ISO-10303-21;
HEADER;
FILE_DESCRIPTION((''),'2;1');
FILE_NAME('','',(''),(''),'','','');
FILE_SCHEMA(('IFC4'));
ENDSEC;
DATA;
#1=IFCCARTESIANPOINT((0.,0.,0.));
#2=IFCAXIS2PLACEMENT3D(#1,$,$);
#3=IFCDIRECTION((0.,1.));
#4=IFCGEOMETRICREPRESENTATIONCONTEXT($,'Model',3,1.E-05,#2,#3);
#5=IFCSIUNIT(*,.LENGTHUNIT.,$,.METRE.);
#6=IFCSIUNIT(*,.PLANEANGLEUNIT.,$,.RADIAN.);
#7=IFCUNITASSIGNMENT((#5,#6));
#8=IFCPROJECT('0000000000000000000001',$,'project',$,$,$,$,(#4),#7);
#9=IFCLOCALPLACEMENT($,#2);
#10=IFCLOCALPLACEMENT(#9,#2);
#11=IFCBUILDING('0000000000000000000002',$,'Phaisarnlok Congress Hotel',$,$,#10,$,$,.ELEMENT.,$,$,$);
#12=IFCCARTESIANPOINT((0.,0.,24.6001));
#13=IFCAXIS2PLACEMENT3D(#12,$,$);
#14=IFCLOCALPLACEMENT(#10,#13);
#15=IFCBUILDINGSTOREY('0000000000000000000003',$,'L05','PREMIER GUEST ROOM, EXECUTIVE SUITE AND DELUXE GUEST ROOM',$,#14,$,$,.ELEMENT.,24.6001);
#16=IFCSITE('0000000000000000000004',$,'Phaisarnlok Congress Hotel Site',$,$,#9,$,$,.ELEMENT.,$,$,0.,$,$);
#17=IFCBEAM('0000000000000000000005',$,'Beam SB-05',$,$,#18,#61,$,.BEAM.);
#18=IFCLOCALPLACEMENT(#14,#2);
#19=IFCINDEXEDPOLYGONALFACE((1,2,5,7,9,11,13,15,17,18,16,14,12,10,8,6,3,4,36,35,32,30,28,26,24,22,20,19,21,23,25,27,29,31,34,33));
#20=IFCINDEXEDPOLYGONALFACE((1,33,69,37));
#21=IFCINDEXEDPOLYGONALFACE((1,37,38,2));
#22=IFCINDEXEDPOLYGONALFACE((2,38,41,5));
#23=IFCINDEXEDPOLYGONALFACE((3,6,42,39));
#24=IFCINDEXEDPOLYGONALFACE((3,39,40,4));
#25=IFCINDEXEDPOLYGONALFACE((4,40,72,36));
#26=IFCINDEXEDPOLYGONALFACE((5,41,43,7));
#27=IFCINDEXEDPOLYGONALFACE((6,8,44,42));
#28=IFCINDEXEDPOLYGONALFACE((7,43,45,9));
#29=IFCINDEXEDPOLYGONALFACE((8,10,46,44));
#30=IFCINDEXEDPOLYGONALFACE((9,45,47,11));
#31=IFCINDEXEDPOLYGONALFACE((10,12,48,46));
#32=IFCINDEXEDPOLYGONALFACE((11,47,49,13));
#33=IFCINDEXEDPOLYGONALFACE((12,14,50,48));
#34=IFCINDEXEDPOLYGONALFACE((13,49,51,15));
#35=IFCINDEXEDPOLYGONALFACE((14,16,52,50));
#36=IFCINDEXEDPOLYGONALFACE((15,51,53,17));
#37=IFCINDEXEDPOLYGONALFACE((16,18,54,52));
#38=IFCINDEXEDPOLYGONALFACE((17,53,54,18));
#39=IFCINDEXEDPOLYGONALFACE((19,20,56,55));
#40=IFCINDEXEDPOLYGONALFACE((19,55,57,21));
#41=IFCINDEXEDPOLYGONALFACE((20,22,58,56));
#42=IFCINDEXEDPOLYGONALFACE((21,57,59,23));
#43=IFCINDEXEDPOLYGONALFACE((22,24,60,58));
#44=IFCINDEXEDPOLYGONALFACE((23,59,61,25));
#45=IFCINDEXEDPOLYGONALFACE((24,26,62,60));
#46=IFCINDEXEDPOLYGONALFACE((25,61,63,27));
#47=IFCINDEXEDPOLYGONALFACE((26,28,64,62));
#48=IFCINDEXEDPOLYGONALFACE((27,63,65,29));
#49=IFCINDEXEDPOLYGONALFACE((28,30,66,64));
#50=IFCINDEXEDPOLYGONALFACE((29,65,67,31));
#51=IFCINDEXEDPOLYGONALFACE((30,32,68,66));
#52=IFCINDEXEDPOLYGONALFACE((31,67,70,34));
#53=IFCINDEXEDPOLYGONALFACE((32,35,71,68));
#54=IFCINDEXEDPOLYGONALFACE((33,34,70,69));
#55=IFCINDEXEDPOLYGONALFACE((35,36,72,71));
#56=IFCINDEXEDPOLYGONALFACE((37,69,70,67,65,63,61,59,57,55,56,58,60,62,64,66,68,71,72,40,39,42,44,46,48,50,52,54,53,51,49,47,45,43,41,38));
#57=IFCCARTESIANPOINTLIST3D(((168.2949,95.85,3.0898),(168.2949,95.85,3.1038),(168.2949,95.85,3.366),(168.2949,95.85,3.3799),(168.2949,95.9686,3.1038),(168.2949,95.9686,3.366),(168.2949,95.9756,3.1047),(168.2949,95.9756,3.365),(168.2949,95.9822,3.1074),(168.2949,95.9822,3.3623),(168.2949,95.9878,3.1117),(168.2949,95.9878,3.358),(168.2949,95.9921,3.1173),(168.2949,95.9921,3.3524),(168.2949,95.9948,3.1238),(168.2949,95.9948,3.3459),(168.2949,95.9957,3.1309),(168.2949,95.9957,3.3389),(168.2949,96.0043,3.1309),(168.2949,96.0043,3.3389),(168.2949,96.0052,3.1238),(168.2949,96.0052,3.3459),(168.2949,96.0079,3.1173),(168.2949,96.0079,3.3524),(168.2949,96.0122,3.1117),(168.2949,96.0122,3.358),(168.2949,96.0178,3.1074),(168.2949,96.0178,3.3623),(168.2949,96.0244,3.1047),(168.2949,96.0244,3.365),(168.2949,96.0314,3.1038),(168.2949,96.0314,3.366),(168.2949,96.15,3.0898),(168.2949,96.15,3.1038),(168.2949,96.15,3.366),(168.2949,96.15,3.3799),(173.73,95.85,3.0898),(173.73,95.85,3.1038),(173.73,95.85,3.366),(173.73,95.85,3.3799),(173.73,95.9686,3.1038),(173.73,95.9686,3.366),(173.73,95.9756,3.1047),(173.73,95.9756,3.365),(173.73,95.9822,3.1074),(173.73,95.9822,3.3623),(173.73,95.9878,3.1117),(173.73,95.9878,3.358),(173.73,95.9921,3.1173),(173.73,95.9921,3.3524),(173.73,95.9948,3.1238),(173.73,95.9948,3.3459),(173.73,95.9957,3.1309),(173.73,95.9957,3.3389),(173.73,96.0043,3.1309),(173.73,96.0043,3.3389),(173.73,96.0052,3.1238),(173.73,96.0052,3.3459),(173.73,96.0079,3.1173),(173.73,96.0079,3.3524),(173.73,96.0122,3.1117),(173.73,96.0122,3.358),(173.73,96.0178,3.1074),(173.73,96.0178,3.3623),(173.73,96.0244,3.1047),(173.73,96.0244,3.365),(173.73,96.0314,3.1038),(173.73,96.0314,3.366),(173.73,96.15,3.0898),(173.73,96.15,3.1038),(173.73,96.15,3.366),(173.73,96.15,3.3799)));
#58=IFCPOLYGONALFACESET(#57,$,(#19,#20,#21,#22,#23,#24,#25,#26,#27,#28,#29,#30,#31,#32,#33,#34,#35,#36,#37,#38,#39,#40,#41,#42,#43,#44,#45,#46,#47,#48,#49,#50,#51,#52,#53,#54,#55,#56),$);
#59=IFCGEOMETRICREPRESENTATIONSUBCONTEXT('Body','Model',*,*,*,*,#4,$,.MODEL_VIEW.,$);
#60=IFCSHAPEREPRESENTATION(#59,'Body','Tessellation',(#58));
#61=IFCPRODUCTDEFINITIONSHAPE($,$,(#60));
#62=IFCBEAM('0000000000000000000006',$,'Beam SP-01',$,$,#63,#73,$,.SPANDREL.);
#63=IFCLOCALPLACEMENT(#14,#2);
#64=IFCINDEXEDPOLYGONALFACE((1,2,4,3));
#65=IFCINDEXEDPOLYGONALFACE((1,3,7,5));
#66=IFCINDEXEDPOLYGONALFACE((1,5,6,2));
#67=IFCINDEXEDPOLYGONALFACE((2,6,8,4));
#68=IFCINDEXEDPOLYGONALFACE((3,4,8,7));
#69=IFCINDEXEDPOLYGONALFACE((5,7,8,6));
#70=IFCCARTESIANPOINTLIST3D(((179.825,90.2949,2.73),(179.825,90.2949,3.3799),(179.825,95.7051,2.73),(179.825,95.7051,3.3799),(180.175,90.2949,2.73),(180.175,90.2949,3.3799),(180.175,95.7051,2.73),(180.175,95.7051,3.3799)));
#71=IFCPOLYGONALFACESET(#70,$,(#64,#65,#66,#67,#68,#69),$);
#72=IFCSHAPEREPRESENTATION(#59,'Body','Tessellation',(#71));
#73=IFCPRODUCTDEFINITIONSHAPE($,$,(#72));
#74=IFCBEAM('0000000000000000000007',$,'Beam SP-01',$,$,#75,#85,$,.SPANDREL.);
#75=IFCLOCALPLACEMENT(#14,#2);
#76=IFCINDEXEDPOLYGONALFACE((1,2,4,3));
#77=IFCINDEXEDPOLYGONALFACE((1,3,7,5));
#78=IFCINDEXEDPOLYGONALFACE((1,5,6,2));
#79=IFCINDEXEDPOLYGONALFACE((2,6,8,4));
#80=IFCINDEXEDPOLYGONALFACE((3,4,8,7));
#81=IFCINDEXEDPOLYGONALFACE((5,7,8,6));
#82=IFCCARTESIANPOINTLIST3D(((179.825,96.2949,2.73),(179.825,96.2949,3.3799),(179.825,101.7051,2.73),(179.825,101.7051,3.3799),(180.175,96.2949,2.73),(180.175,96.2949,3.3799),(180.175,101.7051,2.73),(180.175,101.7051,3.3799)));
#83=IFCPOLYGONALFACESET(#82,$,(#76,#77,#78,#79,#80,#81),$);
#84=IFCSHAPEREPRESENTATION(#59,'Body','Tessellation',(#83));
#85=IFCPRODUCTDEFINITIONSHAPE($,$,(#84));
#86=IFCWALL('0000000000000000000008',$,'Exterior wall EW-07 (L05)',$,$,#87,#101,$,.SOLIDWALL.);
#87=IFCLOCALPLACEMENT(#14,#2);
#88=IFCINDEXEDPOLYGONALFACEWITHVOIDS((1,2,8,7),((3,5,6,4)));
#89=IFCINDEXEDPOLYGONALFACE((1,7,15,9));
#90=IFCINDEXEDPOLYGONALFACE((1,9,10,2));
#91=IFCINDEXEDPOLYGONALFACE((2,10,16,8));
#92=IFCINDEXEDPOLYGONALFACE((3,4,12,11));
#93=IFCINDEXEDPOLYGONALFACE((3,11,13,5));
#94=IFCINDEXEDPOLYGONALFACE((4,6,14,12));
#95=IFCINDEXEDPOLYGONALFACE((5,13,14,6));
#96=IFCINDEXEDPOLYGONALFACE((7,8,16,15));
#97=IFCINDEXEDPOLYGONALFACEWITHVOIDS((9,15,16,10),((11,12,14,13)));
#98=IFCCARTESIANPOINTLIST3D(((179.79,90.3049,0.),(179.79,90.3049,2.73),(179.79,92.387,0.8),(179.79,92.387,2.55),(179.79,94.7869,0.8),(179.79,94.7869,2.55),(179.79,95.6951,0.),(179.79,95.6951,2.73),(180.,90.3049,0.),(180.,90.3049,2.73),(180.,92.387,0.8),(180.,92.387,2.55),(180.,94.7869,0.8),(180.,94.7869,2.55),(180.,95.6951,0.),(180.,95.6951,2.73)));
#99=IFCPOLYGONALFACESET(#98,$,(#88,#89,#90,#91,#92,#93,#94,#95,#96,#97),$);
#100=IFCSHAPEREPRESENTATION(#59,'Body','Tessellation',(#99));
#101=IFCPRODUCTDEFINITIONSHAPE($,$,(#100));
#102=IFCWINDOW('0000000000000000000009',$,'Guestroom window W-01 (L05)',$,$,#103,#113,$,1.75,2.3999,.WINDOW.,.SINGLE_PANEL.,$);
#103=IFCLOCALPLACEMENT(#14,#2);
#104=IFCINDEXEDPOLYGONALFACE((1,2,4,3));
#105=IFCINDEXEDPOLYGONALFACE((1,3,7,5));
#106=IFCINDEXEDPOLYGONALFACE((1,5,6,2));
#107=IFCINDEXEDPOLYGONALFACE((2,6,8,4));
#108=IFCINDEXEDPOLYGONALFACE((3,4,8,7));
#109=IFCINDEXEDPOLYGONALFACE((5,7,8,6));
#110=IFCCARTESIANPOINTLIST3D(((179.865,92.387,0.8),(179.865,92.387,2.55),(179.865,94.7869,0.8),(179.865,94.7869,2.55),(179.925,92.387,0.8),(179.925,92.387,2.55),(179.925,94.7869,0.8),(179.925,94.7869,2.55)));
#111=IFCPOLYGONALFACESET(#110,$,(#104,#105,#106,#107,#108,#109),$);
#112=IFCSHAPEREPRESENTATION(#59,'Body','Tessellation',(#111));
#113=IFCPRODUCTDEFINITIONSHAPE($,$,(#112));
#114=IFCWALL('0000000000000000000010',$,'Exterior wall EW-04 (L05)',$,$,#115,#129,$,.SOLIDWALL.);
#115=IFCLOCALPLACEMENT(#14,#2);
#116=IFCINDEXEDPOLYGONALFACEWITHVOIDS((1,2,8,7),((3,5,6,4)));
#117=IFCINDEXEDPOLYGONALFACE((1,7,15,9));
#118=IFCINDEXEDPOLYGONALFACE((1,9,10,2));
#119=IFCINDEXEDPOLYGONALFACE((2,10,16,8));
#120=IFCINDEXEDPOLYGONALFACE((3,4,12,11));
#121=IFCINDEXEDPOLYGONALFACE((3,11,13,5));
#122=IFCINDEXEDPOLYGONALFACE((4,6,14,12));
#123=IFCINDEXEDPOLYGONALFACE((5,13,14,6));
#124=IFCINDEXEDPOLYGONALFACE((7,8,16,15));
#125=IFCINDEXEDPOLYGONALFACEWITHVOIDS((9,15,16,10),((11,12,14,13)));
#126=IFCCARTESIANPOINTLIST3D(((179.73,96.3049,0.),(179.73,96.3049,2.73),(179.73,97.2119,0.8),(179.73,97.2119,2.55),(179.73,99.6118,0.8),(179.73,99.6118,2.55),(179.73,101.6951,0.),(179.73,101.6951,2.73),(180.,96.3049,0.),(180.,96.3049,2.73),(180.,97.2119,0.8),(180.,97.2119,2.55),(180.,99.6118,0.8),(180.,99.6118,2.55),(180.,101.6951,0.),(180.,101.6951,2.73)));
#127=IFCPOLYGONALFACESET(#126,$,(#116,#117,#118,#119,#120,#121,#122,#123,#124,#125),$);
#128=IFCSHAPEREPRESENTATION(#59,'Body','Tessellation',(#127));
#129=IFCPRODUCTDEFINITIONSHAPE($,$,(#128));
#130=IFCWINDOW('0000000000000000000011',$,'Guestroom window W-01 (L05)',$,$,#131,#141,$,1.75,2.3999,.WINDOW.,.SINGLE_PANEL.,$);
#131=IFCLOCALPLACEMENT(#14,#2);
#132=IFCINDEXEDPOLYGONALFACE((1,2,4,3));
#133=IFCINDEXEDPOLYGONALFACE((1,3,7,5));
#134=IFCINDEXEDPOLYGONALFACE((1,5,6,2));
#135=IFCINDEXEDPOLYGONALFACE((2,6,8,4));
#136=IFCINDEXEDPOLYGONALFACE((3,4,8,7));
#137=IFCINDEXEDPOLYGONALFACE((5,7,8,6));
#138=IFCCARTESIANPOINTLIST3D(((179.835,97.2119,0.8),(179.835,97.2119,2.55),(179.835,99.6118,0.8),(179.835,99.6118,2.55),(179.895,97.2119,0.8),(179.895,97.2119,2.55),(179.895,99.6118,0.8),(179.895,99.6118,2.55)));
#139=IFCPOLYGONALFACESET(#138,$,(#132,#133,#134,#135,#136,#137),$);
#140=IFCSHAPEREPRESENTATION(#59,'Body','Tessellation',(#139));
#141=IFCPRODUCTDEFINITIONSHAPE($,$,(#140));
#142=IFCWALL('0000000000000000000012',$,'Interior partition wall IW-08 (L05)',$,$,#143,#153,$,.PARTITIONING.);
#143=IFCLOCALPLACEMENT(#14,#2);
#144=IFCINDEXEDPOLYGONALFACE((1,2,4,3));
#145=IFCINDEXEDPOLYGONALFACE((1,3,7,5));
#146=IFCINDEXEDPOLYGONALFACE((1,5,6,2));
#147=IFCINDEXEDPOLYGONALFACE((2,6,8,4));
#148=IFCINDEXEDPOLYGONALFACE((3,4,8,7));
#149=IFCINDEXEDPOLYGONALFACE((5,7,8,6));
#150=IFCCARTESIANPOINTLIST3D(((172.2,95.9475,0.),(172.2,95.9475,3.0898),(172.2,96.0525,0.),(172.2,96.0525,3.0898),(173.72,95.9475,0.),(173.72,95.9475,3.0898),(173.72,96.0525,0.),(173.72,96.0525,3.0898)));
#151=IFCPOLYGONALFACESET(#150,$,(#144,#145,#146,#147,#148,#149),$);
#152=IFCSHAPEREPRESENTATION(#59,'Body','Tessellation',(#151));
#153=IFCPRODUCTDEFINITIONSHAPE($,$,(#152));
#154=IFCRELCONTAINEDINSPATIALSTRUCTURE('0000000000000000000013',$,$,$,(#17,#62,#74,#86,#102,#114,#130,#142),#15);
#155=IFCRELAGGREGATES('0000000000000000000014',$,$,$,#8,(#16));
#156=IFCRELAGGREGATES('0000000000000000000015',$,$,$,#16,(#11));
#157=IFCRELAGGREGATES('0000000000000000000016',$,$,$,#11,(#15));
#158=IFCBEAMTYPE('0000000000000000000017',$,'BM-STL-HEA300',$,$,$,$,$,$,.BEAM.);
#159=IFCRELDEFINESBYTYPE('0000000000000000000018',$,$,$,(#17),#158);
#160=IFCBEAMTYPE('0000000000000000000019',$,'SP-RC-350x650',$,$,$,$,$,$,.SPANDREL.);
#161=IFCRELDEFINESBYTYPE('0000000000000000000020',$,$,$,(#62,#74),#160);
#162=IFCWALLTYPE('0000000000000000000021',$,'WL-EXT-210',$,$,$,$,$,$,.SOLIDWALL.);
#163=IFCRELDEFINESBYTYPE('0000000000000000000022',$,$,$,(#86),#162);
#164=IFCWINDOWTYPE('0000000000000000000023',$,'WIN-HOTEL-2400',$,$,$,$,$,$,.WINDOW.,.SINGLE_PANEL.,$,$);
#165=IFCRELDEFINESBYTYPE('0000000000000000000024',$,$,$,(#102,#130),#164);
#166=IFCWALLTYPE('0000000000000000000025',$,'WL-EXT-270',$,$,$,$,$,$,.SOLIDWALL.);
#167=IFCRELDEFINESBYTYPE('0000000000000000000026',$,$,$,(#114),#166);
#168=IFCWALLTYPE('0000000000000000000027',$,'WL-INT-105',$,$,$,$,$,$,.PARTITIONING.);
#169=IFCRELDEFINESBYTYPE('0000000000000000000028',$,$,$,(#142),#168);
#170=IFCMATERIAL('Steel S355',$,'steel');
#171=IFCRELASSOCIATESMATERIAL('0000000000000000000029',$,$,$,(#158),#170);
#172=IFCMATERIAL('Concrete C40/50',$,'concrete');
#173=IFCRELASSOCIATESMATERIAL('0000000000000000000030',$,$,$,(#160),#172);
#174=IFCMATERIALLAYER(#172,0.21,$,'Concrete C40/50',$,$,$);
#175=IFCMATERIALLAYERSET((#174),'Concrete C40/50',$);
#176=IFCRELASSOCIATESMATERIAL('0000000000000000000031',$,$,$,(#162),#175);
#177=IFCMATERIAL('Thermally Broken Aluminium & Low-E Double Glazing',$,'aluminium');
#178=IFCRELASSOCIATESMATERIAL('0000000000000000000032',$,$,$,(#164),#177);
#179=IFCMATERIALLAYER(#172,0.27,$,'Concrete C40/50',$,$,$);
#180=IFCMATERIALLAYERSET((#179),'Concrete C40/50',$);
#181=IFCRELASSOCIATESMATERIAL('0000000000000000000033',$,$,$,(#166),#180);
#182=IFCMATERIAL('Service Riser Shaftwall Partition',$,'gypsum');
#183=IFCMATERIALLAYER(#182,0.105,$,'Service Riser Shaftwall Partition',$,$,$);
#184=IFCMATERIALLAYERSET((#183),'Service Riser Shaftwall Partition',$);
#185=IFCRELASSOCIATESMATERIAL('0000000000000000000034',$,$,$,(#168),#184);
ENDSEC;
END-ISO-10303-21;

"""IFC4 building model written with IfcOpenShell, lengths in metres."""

from ifc_helpers import new_model, si_unit, direction, frame, frame_2d, origin, origin_2d, place, context, subcontext, project, spatial, rectangle, i_section, extrude, material, layer, layer_set, material_profile, profile_set, type_object, element, fill, save


model = new_model("IFC4")

# Units and contexts
model_context = context("Model", 3, precision=1e-05, world=origin(), true_north=direction((0.0, 1.0)))
body_context = subcontext(model_context, "Body", "Model", "MODEL_VIEW")
ifc_project = project(units=[si_unit("LENGTHUNIT", "METRE"), si_unit("PLANEANGLEUNIT", "RADIAN")], contexts=[model_context])

# Site, building, storey
site_placement = place(None, origin())
site = spatial("IfcSite", under=ifc_project, at=site_placement, Name="Phaisarnlok Congress Hotel Site", CompositionType="ELEMENT", RefElevation=0.0)
building_placement = place(site_placement, origin())
building = spatial("IfcBuilding", under=site, at=building_placement, Name="Phaisarnlok Congress Hotel", CompositionType="ELEMENT")
storey_placement = place(building_placement, frame((0.0, 0.0, 24.6001)))
storey = spatial("IfcBuildingStorey", under=building, at=storey_placement, Name="L05", Description="PREMIER GUEST ROOM, EXECUTIVE SUITE AND DELUXE GUEST ROOM", CompositionType="ELEMENT", Elevation=24.6001)

# Beams
ifc_material_1 = material(Name="Concrete C40/50", Category="concrete")
ifc_material_2 = material(Name="Steel S355", Category="steel")
ifc_material_profile_1 = material_profile(ifc_material_2, i_section(OverallWidth=0.3, OverallDepth=0.29, WebThickness=0.0085, FlangeThickness=0.0139, FilletRadius=0.0271, at=origin_2d()), Name="HEA 300")
ifc_profile_set_1 = profile_set([ifc_material_profile_1], Name="Steel S355")
beam_type_1 = type_object("IfcBeamType", Name="BM-STL-HEA300", PredefinedType="BEAM", material=ifc_profile_set_1)
for number, where, z_axis, x_axis, name in (
    (1, (168.2949, 96.0, 3.2349), (1.0, 0.0, 0.0), (0.0, 1.0, 0.0), "Beam SB-05"),
):
    element("IfcBeam", number, at=place(storey_placement, frame(where, z_axis=z_axis, x_axis=x_axis)), inside=storey, type_object=beam_type_1, Name=name, PredefinedType="BEAM", context=body_context, shape_type="SweptSolid", body=[
        extrude(i_section(OverallWidth=0.3, OverallDepth=0.29, WebThickness=0.0085, FlangeThickness=0.0139, FilletRadius=0.0271, at=origin_2d()), origin(), (0.0, 0.0, 1.0), 5.4351),
    ])
ifc_material_profile_2 = material_profile(ifc_material_1, rectangle(XDim=0.3501, YDim=0.6499, at=origin_2d()), Name="RC 350x650")
ifc_profile_set_2 = profile_set([ifc_material_profile_2], Name="Concrete C40/50")
beam_type_2 = type_object("IfcBeamType", Name="SP-RC-350x650", PredefinedType="SPANDREL", material=ifc_profile_set_2)
for number, where, z_axis, x_axis, name in (
    (2, (180.0, 90.2949, 3.0549), (0.0, 1.0, 0.0), (-1.0, 0.0, 0.0), "Beam SP-01"),
    (3, (180.0, 96.2949, 3.0549), (0.0, 1.0, 0.0), (-1.0, 0.0, 0.0), "Beam SP-01"),
):
    element("IfcBeam", number, at=place(storey_placement, frame(where, z_axis=z_axis, x_axis=x_axis)), inside=storey, type_object=beam_type_2, Name=name, PredefinedType="SPANDREL", context=body_context, shape_type="SweptSolid", body=[
        extrude(rectangle(XDim=0.3501, YDim=0.6499, at=origin_2d()), origin(), (0.0, 0.0, 1.0), 5.4102),
    ])

# Walls, openings, windows
ifc_layer_1 = layer(ifc_material_1, 0.21, Name="Concrete C40/50")
ifc_layer_set_1 = layer_set([ifc_layer_1], Name="Concrete C40/50")
wall_type_1 = type_object("IfcWallType", Name="WL-EXT-210", PredefinedType="SOLIDWALL", material=ifc_layer_set_1)
wall_1_placement = place(storey_placement, frame((179.895, 90.3049, 0.0), z_axis=(0.0, 0.0, 1.0), x_axis=(0.0, 1.0, 0.0)))
wall_1 = element("IfcWall", 4, at=wall_1_placement, inside=storey, type_object=wall_type_1, Name="Exterior wall EW-07 (L05)", PredefinedType="SOLIDWALL", context=body_context, shape_type="SweptSolid", body=[
    extrude(rectangle(XDim=5.3901, YDim=0.21, at=frame_2d((2.6951, 0.0))), origin(), (0.0, 0.0, 1.0), 2.73),
])
opening_1_placement = place(wall_1_placement, frame((2.082, 0.0, 0.8)))
opening_1 = element("IfcOpeningElement", 5, at=opening_1_placement, cuts=wall_1, PredefinedType="OPENING", context=body_context, shape_type="SweptSolid", body=[
    extrude(rectangle(XDim=2.3999, YDim=1.75, at=frame_2d((1.2, 0.875))), frame((0.0, 0.115, 0.0), z_axis=(0.0, -1.0, 0.0), x_axis=(1.0, 0.0, 0.0)), (0.0, 0.0, 1.0), 0.23),
])
ifc_material_3 = material(Name="Thermally Broken Aluminium & Low-E Double Glazing", Category="aluminium")
window_type = type_object("IfcWindowType", Name="WIN-HOTEL-2400", PartitioningType="SINGLE_PANEL", PredefinedType="WINDOW", material=ifc_material_3)
window_1_placement = place(opening_1_placement, origin())
window_1 = element("IfcWindow", 6, at=window_1_placement, inside=storey, type_object=window_type, Name="Guestroom window W-01 (L05)", OverallHeight=1.75, OverallWidth=2.3999, PartitioningType="SINGLE_PANEL", PredefinedType="WINDOW", context=body_context, shape_type="SweptSolid", body=[
    extrude(rectangle(XDim=2.3999, YDim=1.75, at=frame_2d((1.2, 0.875))), frame((0.0, 0.03, 0.0), z_axis=(0.0, -1.0, 0.0), x_axis=(1.0, 0.0, 0.0)), (0.0, 0.0, 1.0), 0.0601),
])
fill(opening_1, window_1)
ifc_layer_2 = layer(ifc_material_1, 0.27, Name="Concrete C40/50")
ifc_layer_set_2 = layer_set([ifc_layer_2], Name="Concrete C40/50")
wall_type_2 = type_object("IfcWallType", Name="WL-EXT-270", PredefinedType="SOLIDWALL", material=ifc_layer_set_2)
wall_2_placement = place(storey_placement, frame((179.865, 96.3049, 0.0), z_axis=(0.0, 0.0, 1.0), x_axis=(0.0, 1.0, 0.0)))
wall_2 = element("IfcWall", 7, at=wall_2_placement, inside=storey, type_object=wall_type_2, Name="Exterior wall EW-04 (L05)", PredefinedType="SOLIDWALL", context=body_context, shape_type="SweptSolid", body=[
    extrude(rectangle(XDim=5.3901, YDim=0.27, at=frame_2d((2.6951, 0.0))), origin(), (0.0, 0.0, 1.0), 2.73),
])
opening_2_placement = place(wall_2_placement, frame((0.907, 0.0, 0.8)))
opening_2 = element("IfcOpeningElement", 8, at=opening_2_placement, cuts=wall_2, PredefinedType="OPENING", context=body_context, shape_type="SweptSolid", body=[
    extrude(rectangle(XDim=2.3999, YDim=1.75, at=frame_2d((1.2, 0.875))), frame((0.0, 0.145, 0.0), z_axis=(0.0, -1.0, 0.0), x_axis=(1.0, 0.0, 0.0)), (0.0, 0.0, 1.0), 0.29),
])
window_2_placement = place(opening_2_placement, origin())
window_2 = element("IfcWindow", 9, at=window_2_placement, inside=storey, type_object=window_type, Name="Guestroom window W-01 (L05)", OverallHeight=1.75, OverallWidth=2.3999, PartitioningType="SINGLE_PANEL", PredefinedType="WINDOW", context=body_context, shape_type="SweptSolid", body=[
    extrude(rectangle(XDim=2.3999, YDim=1.75, at=frame_2d((1.2, 0.875))), frame((0.0, 0.03, 0.0), z_axis=(0.0, -1.0, 0.0), x_axis=(1.0, 0.0, 0.0)), (0.0, 0.0, 1.0), 0.0601),
])
fill(opening_2, window_2)

# Wall
ifc_material_4 = material(Name="Service Riser Shaftwall Partition", Category="gypsum")
ifc_layer_3 = layer(ifc_material_4, 0.105, Name="Service Riser Shaftwall Partition")
ifc_layer_set_3 = layer_set([ifc_layer_3], Name="Service Riser Shaftwall Partition")
wall_type_3 = type_object("IfcWallType", Name="WL-INT-105", PredefinedType="PARTITIONING", material=ifc_layer_set_3)
wall_3_placement = place(storey_placement, frame((172.2, 96.0, 0.0), z_axis=(0.0, 0.0, 1.0), x_axis=(1.0, 0.0, 0.0)))
element("IfcWall", 10, at=wall_3_placement, inside=storey, type_object=wall_type_3, Name="Interior partition wall IW-08 (L05)", PredefinedType="PARTITIONING", context=body_context, shape_type="SweptSolid", body=[
    extrude(rectangle(XDim=1.52, YDim=0.105, at=frame_2d((0.76, 0.0))), origin(), (0.0, 0.0, 1.0), 3.0898),
])

save(model, "model.ifc")
